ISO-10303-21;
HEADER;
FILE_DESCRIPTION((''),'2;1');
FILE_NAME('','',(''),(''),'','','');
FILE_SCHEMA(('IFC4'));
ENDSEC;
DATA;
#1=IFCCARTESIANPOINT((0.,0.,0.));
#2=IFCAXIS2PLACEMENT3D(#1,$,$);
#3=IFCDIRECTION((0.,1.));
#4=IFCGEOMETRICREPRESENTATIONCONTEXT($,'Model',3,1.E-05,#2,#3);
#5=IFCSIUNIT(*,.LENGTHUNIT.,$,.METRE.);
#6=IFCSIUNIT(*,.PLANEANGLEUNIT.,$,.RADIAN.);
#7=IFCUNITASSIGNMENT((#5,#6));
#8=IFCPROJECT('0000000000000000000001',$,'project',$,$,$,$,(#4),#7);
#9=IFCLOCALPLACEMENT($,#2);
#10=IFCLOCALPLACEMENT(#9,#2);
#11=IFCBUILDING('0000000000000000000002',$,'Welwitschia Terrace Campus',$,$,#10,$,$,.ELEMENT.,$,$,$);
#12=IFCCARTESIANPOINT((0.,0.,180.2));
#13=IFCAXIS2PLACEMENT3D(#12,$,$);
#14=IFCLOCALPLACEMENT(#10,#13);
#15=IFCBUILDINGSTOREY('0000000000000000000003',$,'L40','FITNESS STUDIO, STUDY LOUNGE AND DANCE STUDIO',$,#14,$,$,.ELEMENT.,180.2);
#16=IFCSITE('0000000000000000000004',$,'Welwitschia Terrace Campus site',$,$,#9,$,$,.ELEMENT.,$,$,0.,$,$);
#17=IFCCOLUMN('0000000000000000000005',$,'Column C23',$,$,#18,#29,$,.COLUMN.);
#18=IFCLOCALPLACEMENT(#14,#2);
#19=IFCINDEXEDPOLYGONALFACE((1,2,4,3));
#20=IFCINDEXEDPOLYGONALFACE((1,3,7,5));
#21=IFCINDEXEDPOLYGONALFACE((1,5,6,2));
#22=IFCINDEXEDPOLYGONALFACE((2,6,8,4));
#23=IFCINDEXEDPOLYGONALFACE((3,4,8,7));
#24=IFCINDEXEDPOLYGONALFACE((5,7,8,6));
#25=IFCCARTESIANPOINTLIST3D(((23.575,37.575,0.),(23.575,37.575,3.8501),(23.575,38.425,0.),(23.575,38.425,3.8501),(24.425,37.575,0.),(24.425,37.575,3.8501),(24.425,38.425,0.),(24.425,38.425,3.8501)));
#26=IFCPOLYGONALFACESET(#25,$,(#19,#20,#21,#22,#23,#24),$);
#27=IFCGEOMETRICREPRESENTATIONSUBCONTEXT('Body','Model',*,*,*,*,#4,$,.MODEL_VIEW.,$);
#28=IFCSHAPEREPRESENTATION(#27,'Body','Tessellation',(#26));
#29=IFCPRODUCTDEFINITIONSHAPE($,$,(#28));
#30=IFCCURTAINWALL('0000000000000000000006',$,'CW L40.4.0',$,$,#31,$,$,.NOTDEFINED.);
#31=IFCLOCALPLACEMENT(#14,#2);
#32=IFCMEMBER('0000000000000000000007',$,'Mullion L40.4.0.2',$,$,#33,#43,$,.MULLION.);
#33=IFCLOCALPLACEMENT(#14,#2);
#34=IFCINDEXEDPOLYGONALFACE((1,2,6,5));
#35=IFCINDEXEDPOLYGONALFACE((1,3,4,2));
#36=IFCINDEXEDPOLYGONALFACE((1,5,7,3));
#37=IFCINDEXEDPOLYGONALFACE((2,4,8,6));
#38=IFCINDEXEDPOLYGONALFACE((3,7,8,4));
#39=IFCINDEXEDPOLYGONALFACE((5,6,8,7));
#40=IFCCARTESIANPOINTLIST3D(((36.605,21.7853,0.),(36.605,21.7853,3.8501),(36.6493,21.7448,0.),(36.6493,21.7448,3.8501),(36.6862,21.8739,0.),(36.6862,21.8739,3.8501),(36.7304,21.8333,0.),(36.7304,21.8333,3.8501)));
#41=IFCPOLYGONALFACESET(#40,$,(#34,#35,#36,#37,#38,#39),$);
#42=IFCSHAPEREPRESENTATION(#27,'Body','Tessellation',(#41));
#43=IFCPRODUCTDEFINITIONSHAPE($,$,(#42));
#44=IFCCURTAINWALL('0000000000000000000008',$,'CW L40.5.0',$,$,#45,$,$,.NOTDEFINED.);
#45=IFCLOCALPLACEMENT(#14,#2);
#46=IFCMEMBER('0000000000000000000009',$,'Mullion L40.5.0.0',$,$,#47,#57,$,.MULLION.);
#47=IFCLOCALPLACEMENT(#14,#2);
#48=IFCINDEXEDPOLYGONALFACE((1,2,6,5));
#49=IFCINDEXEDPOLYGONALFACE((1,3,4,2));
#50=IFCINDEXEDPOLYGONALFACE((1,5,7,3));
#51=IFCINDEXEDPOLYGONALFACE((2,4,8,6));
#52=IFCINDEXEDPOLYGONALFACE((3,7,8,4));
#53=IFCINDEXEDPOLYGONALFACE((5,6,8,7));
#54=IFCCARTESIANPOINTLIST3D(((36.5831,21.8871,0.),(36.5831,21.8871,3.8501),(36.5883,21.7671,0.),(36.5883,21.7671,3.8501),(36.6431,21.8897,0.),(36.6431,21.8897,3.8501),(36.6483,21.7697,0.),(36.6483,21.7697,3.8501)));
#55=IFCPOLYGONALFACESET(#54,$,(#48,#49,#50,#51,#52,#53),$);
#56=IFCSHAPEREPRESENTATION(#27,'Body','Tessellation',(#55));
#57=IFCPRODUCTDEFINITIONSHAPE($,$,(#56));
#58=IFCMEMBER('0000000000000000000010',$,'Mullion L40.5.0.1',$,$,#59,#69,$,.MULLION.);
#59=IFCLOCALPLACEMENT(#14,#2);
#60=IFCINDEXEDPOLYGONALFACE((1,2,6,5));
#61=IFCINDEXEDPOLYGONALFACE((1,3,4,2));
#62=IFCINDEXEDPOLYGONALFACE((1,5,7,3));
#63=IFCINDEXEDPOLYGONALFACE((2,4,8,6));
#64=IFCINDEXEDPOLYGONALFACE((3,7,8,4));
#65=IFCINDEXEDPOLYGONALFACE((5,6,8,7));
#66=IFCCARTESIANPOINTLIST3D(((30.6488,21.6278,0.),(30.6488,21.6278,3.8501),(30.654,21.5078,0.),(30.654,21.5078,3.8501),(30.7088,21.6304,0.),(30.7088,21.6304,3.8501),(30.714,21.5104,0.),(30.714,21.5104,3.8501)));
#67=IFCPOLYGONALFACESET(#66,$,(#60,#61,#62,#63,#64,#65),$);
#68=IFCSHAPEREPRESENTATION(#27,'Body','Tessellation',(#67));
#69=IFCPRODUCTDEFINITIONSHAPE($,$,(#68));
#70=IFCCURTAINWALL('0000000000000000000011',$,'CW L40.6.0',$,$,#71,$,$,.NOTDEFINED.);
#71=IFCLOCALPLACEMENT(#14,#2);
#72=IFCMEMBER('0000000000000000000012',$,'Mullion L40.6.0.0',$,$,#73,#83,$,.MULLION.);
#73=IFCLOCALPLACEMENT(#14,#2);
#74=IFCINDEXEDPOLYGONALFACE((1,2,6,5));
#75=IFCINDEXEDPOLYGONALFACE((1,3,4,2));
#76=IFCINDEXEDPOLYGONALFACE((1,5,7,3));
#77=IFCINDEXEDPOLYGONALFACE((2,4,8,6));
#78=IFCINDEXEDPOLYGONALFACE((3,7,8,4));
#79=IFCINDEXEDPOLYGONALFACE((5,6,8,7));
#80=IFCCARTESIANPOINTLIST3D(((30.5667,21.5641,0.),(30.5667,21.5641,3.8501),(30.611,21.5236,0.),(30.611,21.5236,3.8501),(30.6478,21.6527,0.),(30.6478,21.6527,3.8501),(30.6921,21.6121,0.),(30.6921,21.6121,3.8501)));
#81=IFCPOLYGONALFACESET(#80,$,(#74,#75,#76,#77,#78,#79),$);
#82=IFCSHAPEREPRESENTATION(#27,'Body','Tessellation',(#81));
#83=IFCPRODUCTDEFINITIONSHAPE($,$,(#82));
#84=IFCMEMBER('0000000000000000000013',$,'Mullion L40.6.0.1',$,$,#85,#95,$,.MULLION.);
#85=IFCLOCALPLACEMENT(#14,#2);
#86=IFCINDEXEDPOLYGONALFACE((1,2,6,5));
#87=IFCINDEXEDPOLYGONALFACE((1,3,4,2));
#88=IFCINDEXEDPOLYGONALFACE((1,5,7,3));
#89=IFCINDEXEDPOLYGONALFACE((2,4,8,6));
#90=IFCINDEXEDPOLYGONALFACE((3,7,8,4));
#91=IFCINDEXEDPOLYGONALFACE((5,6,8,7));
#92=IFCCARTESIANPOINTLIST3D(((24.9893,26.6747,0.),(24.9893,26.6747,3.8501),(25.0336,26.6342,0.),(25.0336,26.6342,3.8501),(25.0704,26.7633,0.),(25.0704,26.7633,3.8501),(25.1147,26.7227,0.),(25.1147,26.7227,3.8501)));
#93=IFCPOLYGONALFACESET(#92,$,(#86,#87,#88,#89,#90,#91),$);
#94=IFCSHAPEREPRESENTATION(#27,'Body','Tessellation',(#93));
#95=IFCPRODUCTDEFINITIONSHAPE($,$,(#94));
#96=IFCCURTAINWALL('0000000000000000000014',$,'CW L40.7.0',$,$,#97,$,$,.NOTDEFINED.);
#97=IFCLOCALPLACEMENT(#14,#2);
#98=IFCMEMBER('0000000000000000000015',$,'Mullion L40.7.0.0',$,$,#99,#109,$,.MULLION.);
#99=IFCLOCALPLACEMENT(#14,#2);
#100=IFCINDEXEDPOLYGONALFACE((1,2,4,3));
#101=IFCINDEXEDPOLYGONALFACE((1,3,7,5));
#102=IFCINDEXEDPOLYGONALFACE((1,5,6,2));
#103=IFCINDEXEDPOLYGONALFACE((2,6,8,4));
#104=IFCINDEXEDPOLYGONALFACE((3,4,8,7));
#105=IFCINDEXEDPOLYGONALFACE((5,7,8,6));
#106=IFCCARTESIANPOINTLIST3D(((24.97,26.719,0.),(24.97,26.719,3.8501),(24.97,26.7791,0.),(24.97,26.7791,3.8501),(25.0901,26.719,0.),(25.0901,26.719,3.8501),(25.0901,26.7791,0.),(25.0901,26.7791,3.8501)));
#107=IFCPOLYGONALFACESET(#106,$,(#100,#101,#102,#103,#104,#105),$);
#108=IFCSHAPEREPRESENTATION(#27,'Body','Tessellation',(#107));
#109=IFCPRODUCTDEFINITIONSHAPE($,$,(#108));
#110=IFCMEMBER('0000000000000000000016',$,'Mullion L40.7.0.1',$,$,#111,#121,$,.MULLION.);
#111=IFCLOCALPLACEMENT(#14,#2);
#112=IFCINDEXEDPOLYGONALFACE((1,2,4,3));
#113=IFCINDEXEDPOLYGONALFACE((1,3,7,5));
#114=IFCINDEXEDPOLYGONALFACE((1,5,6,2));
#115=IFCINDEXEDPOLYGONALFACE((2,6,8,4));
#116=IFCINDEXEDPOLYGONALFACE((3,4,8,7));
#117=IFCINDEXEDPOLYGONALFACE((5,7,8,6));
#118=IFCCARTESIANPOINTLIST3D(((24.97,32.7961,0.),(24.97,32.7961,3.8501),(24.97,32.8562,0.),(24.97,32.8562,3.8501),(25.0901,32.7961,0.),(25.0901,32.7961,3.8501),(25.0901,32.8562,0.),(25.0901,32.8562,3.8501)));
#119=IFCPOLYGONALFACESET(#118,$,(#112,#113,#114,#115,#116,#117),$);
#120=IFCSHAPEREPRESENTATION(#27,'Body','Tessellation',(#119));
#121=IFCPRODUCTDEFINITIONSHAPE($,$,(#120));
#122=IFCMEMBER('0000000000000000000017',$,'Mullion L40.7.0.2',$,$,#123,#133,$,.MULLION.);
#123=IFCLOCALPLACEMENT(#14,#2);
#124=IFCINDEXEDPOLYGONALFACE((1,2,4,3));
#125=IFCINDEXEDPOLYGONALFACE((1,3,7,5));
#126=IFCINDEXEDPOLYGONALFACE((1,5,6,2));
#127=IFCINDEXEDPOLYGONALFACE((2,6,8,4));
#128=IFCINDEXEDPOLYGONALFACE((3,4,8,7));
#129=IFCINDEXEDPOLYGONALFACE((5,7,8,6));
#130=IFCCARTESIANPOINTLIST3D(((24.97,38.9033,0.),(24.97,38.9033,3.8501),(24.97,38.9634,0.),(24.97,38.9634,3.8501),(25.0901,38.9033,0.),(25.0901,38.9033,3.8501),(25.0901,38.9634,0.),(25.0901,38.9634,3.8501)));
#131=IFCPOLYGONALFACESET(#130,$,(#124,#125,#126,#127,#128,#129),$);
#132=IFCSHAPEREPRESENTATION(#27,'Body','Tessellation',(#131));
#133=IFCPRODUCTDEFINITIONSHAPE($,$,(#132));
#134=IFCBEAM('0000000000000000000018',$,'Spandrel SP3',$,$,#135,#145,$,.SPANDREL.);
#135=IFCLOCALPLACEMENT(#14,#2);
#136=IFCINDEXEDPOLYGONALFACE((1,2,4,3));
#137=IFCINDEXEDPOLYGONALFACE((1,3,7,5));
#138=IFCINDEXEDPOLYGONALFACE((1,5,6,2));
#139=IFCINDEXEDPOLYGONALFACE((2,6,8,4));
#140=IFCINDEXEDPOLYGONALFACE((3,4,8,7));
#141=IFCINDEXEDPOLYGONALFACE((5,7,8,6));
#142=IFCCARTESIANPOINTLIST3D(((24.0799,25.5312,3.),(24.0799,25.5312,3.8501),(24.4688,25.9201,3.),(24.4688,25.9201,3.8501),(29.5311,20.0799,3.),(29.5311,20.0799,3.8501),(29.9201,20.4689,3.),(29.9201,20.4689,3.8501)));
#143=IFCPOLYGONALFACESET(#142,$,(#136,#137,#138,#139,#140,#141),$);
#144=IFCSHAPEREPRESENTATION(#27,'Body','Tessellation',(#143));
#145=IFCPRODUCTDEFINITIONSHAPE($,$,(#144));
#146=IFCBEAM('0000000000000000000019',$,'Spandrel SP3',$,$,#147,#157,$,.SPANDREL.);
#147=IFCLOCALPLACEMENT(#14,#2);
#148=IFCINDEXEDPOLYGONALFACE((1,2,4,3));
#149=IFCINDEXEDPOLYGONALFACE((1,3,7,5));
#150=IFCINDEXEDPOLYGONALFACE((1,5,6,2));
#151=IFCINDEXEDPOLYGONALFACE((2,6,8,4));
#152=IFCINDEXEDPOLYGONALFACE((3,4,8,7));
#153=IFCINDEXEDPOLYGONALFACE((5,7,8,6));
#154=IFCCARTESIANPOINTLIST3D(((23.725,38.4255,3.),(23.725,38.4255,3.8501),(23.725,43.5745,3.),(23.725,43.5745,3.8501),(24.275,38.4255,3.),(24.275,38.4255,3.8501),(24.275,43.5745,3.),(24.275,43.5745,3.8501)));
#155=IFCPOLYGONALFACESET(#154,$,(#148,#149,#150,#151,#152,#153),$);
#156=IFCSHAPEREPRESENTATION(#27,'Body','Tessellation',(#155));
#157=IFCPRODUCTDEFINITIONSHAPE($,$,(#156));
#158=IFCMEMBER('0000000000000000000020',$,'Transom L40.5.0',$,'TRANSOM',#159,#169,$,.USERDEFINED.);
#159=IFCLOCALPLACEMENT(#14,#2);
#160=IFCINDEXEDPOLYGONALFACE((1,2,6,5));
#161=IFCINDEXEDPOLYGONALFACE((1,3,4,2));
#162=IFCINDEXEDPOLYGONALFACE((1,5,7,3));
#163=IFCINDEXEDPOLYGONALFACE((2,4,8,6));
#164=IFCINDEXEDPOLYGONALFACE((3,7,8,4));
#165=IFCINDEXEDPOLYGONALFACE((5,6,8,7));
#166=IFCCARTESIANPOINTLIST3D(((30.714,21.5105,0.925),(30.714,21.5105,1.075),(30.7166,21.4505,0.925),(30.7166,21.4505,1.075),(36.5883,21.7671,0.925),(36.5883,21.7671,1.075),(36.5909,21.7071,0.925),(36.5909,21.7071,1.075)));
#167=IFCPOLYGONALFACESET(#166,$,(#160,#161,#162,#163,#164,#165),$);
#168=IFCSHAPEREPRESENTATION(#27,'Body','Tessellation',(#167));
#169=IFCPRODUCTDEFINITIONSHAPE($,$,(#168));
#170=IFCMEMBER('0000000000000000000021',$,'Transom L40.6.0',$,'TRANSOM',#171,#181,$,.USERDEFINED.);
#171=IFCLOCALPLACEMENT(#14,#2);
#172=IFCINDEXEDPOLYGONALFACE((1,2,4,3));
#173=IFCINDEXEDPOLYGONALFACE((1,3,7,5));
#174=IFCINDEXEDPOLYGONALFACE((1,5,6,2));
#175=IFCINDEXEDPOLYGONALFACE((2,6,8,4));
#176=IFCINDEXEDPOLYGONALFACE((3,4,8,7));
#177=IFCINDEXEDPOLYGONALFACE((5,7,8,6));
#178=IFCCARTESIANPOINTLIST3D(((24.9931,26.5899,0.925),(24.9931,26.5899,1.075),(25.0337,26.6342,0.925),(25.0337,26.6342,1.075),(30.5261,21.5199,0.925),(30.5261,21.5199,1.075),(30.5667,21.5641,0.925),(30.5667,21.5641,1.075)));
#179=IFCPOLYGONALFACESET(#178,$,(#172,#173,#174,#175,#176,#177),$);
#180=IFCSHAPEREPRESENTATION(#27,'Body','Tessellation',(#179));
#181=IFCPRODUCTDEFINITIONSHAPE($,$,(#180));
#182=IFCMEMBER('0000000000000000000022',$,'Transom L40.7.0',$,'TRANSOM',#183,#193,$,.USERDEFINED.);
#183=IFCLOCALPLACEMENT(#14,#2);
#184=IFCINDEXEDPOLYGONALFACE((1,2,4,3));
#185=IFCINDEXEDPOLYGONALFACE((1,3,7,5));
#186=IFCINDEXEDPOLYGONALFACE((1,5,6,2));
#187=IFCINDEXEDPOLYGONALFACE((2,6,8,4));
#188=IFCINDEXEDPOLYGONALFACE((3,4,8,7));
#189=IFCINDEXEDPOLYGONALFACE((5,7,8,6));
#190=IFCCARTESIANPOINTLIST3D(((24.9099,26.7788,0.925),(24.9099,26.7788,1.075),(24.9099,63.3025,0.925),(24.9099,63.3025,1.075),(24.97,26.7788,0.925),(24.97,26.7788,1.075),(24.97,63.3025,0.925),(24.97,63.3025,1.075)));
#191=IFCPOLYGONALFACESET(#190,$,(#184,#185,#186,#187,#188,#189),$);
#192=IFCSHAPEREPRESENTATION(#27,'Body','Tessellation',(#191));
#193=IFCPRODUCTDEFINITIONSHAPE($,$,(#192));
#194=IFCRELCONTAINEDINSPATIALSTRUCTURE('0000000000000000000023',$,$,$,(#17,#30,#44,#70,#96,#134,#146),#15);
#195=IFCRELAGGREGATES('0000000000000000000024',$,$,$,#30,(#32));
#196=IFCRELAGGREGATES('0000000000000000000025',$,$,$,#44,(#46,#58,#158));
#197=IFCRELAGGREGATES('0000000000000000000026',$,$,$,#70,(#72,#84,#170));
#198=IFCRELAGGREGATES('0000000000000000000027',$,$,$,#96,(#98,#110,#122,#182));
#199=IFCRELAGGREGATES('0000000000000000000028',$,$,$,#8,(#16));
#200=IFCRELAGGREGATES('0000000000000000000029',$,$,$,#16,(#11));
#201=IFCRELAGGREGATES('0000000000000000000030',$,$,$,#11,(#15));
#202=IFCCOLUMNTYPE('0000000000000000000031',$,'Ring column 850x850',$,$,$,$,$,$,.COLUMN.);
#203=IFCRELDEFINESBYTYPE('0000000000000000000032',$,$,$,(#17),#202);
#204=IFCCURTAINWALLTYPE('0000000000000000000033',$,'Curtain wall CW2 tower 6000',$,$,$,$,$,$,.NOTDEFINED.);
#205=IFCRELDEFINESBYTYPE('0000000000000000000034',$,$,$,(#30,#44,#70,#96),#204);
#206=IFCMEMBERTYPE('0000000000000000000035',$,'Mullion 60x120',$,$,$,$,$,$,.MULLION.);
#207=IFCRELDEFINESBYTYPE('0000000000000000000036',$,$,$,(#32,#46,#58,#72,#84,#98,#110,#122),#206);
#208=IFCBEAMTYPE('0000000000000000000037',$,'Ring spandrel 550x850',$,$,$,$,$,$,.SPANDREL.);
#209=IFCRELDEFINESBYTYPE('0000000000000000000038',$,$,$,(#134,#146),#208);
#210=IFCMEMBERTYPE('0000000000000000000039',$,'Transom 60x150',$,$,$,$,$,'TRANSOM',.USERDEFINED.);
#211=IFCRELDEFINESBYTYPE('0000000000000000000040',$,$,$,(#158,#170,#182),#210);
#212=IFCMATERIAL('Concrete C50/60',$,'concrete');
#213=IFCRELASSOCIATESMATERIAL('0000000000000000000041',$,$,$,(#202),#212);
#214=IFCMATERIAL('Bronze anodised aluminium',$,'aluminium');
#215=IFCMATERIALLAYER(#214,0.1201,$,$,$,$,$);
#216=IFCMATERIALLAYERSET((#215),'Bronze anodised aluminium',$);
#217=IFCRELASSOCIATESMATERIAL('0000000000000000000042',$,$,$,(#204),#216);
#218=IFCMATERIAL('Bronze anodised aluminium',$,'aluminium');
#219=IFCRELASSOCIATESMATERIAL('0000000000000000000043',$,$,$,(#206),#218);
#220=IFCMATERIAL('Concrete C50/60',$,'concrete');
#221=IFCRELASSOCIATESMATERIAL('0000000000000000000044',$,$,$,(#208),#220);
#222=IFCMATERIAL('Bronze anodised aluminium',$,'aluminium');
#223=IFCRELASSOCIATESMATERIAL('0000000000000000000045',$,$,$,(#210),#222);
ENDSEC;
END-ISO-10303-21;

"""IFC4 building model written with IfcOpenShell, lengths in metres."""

from ifc_helpers import new_model, si_unit, direction, frame, origin, origin_2d, place, context, subcontext, project, spatial, rectangle, extrude, material, layer, layer_set, material_profile, profile_set, type_object, element, aggregate, save


model = new_model("IFC4")

# Units and contexts
model_context = context("Model", 3, precision=1e-05, world=origin(), true_north=direction((0.0, 1.0)))
body_context = subcontext(model_context, "Body", "Model", "MODEL_VIEW")
ifc_project = project(units=[si_unit("LENGTHUNIT", "METRE"), si_unit("PLANEANGLEUNIT", "RADIAN")], contexts=[model_context])

# Site, building, storey
site_placement = place(None, origin())
site = spatial("IfcSite", under=ifc_project, at=site_placement, Name="Welwitschia Terrace Campus site", CompositionType="ELEMENT", RefElevation=0.0)
building_placement = place(site_placement, origin())
building = spatial("IfcBuilding", under=site, at=building_placement, Name="Welwitschia Terrace Campus", CompositionType="ELEMENT")
storey_placement = place(building_placement, frame((0.0, 0.0, 180.2)))
storey = spatial("IfcBuildingStorey", under=building, at=storey_placement, Name="L40", Description="FITNESS STUDIO, STUDY LOUNGE AND DANCE STUDIO", CompositionType="ELEMENT", Elevation=180.2)

# Column
ifc_material_1 = material(Name="Concrete C50/60", Category="concrete")
ifc_material_profile_1 = material_profile(ifc_material_1, rectangle(XDim=0.8501, YDim=0.8501, at=origin_2d()))
ifc_profile_set_1 = profile_set([ifc_material_profile_1], Name="Concrete C50/60")
column_type = type_object("IfcColumnType", Name="Ring column 850x850", PredefinedType="COLUMN", material=ifc_profile_set_1)
column_placement = place(storey_placement, frame((24.0, 38.0, 0.0), z_axis=(0.0, 0.0, 1.0), x_axis=(1.0, 0.0, 0.0)))
element("IfcColumn", 1, at=column_placement, inside=storey, type_object=column_type, Name="Column C23", PredefinedType="COLUMN", context=body_context, shape_type="SweptSolid", body=[
    extrude(rectangle(XDim=0.8501, YDim=0.8501, at=origin_2d()), origin(), (0.0, 0.0, 1.0), 3.8501),
])

# Curtain wall, member
ifc_material_2 = material(Name="Bronze anodised aluminium", Category="aluminium")
ifc_layer_1 = layer(ifc_material_2, 0.1201)
ifc_layer_set_1 = layer_set([ifc_layer_1], Name="Bronze anodised aluminium")
curtain_wall_type = type_object("IfcCurtainWallType", Name="Curtain wall CW2 tower 6000", PredefinedType="NOTDEFINED", material=ifc_layer_set_1)
curtain_wall_1_placement = place(storey_placement, origin())
curtain_wall_1 = element("IfcCurtainWall", 2, at=curtain_wall_1_placement, inside=storey, type_object=curtain_wall_type, Name="CW L40.4.0", PredefinedType="NOTDEFINED")
ifc_material_3 = material(Name="Bronze anodised aluminium", Category="aluminium")
ifc_material_profile_2 = material_profile(ifc_material_3, rectangle(XDim=0.1201, YDim=0.0601, at=origin_2d()))
ifc_profile_set_2 = profile_set([ifc_material_profile_2], Name="Bronze anodised aluminium")
member_type_1 = type_object("IfcMemberType", Name="Mullion 60x120", PredefinedType="MULLION", material=ifc_profile_set_2)
member_1_placement = place(storey_placement, frame((36.6677, 21.8093, 0.0), z_axis=(0.0, 0.0, 1.0), x_axis=(-0.67559, -0.737277, 0.0)))
member_1 = element("IfcMember", 3, at=member_1_placement, type_object=member_type_1, Name="Mullion L40.4.0.2", PredefinedType="MULLION", context=body_context, shape_type="SweptSolid", body=[
    extrude(rectangle(XDim=0.1201, YDim=0.0601, at=origin_2d()), origin(), (0.0, 0.0, 1.0), 3.8501),
])

# Curtain walls, members
curtain_wall_2_placement = place(storey_placement, origin())
curtain_wall_2 = element("IfcCurtainWall", 4, at=curtain_wall_2_placement, inside=storey, type_object=curtain_wall_type, Name="CW L40.5.0", PredefinedType="NOTDEFINED")
member_2_placement = place(storey_placement, frame((36.6157, 21.8284, 0.0), z_axis=(0.0, 0.0, 1.0), x_axis=(0.043619, -0.999048, 0.0)))
member_2 = element("IfcMember", 5, at=member_2_placement, type_object=member_type_1, Name="Mullion L40.5.0.0", PredefinedType="MULLION", context=body_context, shape_type="SweptSolid", body=[
    extrude(rectangle(XDim=0.1201, YDim=0.0601, at=origin_2d()), origin(), (0.0, 0.0, 1.0), 3.8501),
])
member_3_placement = place(storey_placement, frame((30.6814, 21.5691, 0.0), z_axis=(0.0, 0.0, 1.0), x_axis=(0.043619, -0.999048, 0.0)))
member_3 = element("IfcMember", 6, at=member_3_placement, type_object=member_type_1, Name="Mullion L40.5.0.1", PredefinedType="MULLION", context=body_context, shape_type="SweptSolid", body=[
    extrude(rectangle(XDim=0.1201, YDim=0.0601, at=origin_2d()), origin(), (0.0, 0.0, 1.0), 3.8501),
])
curtain_wall_3_placement = place(storey_placement, origin())
curtain_wall_3 = element("IfcCurtainWall", 7, at=curtain_wall_3_placement, inside=storey, type_object=curtain_wall_type, Name="CW L40.6.0", PredefinedType="NOTDEFINED")
member_4_placement = place(storey_placement, frame((30.6294, 21.5881, 0.0), z_axis=(0.0, 0.0, 1.0), x_axis=(-0.67559, -0.737277, 0.0)))
member_4 = element("IfcMember", 8, at=member_4_placement, type_object=member_type_1, Name="Mullion L40.6.0.0", PredefinedType="MULLION", context=body_context, shape_type="SweptSolid", body=[
    extrude(rectangle(XDim=0.1201, YDim=0.0601, at=origin_2d()), origin(), (0.0, 0.0, 1.0), 3.8501),
])
member_5_placement = place(storey_placement, frame((25.052, 26.6987, 0.0), z_axis=(0.0, 0.0, 1.0), x_axis=(-0.67559, -0.737277, 0.0)))
member_5 = element("IfcMember", 9, at=member_5_placement, type_object=member_type_1, Name="Mullion L40.6.0.1", PredefinedType="MULLION", context=body_context, shape_type="SweptSolid", body=[
    extrude(rectangle(XDim=0.1201, YDim=0.0601, at=origin_2d()), origin(), (0.0, 0.0, 1.0), 3.8501),
])
curtain_wall_4_placement = place(storey_placement, origin())
curtain_wall_4 = element("IfcCurtainWall", 10, at=curtain_wall_4_placement, inside=storey, type_object=curtain_wall_type, Name="CW L40.7.0", PredefinedType="NOTDEFINED")
member_6_placement = place(storey_placement, frame((25.03, 26.749, 0.0), z_axis=(0.0, 0.0, 1.0), x_axis=(-1.0, 0.0, 0.0)))
member_6 = element("IfcMember", 11, at=member_6_placement, type_object=member_type_1, Name="Mullion L40.7.0.0", PredefinedType="MULLION", context=body_context, shape_type="SweptSolid", body=[
    extrude(rectangle(XDim=0.1201, YDim=0.0601, at=origin_2d()), origin(), (0.0, 0.0, 1.0), 3.8501),
])
member_7_placement = place(storey_placement, frame((25.03, 32.8262, 0.0), z_axis=(0.0, 0.0, 1.0), x_axis=(-1.0, 0.0, 0.0)))
member_7 = element("IfcMember", 12, at=member_7_placement, type_object=member_type_1, Name="Mullion L40.7.0.1", PredefinedType="MULLION", context=body_context, shape_type="SweptSolid", body=[
    extrude(rectangle(XDim=0.1201, YDim=0.0601, at=origin_2d()), origin(), (0.0, 0.0, 1.0), 3.8501),
])
member_8_placement = place(storey_placement, frame((25.03, 38.9333, 0.0), z_axis=(0.0, 0.0, 1.0), x_axis=(-1.0, 0.0, 0.0)))
member_8 = element("IfcMember", 13, at=member_8_placement, type_object=member_type_1, Name="Mullion L40.7.0.2", PredefinedType="MULLION", context=body_context, shape_type="SweptSolid", body=[
    extrude(rectangle(XDim=0.1201, YDim=0.0601, at=origin_2d()), origin(), (0.0, 0.0, 1.0), 3.8501),
])

# Beams
ifc_material_4 = material(Name="Concrete C50/60", Category="concrete")
ifc_material_profile_3 = material_profile(ifc_material_4, rectangle(XDim=0.55, YDim=0.8501, at=origin_2d()))
ifc_profile_set_3 = profile_set([ifc_material_profile_3], Name="Concrete C50/60")
beam_type = type_object("IfcBeamType", Name="Ring spandrel 550x850", PredefinedType="SPANDREL", material=ifc_profile_set_3)
beam_1_placement = place(storey_placement, frame((29.7256, 20.2744, 3.425), z_axis=(-0.707107, 0.707107, 0.0), x_axis=(-0.707107, -0.707107, 0.0)))
element("IfcBeam", 14, at=beam_1_placement, inside=storey, type_object=beam_type, Name="Spandrel SP3", PredefinedType="SPANDREL", context=body_context, shape_type="SweptSolid", body=[
    extrude(rectangle(XDim=0.55, YDim=0.8501, at=origin_2d()), origin(), (0.0, 0.0, 1.0), 7.7092),
])
beam_2_placement = place(storey_placement, frame((24.0, 38.4255, 3.425), z_axis=(0.0, 1.0, 0.0), x_axis=(-1.0, 0.0, 0.0)))
element("IfcBeam", 15, at=beam_2_placement, inside=storey, type_object=beam_type, Name="Spandrel SP3", PredefinedType="SPANDREL", context=body_context, shape_type="SweptSolid", body=[
    extrude(rectangle(XDim=0.55, YDim=0.8501, at=origin_2d()), origin(), (0.0, 0.0, 1.0), 5.1489),
])

# Members
ifc_material_5 = material(Name="Bronze anodised aluminium", Category="aluminium")
ifc_material_profile_4 = material_profile(ifc_material_5, rectangle(XDim=0.0601, YDim=0.1499, at=origin_2d()))
ifc_profile_set_4 = profile_set([ifc_material_profile_4], Name="Bronze anodised aluminium")
member_type_2 = type_object("IfcMemberType", Name="Transom 60x150", ElementType="TRANSOM", PredefinedType="USERDEFINED", material=ifc_profile_set_4)
member_9_placement = place(storey_placement, frame((36.5896, 21.7371, 1.0), z_axis=(-0.999047, -0.043639, 0.0), x_axis=(0.043639, -0.999047, 0.0)))
member_9 = element("IfcMember", 16, at=member_9_placement, type_object=member_type_2, Name="Transom L40.5.0", ObjectType="TRANSOM", PredefinedType="USERDEFINED", context=body_context, shape_type="SweptSolid", body=[
    extrude(rectangle(XDim=0.0601, YDim=0.1499, at=origin_2d()), origin(), (0.0, 0.0, 1.0), 5.8799),
])
member_10_placement = place(storey_placement, frame((30.5464, 21.542, 1.0), z_axis=(-0.737274, 0.675594, 0.0), x_axis=(-0.675594, -0.737274, 0.0)))
member_10 = element("IfcMember", 17, at=member_10_placement, type_object=member_type_2, Name="Transom L40.6.0", ObjectType="TRANSOM", PredefinedType="USERDEFINED", context=body_context, shape_type="SweptSolid", body=[
    extrude(rectangle(XDim=0.0601, YDim=0.1499, at=origin_2d()), origin(), (0.0, 0.0, 1.0), 7.5046),
])
member_11_placement = place(storey_placement, frame((24.9399, 26.7788, 1.0), z_axis=(0.0, 1.0, 0.0), x_axis=(-1.0, 0.0, 0.0)))
member_11 = element("IfcMember", 18, at=member_11_placement, type_object=member_type_2, Name="Transom L40.7.0", ObjectType="TRANSOM", PredefinedType="USERDEFINED", context=body_context, shape_type="SweptSolid", body=[
    extrude(rectangle(XDim=0.0601, YDim=0.1499, at=origin_2d()), origin(), (0.0, 0.0, 1.0), 36.5237),
])

aggregate(curtain_wall_1, [member_1])
aggregate(curtain_wall_2, [member_2, member_3, member_9])
aggregate(curtain_wall_3, [member_4, member_5, member_10])
aggregate(curtain_wall_4, [member_6, member_7, member_8, member_11])

save(model, "model.ifc")
